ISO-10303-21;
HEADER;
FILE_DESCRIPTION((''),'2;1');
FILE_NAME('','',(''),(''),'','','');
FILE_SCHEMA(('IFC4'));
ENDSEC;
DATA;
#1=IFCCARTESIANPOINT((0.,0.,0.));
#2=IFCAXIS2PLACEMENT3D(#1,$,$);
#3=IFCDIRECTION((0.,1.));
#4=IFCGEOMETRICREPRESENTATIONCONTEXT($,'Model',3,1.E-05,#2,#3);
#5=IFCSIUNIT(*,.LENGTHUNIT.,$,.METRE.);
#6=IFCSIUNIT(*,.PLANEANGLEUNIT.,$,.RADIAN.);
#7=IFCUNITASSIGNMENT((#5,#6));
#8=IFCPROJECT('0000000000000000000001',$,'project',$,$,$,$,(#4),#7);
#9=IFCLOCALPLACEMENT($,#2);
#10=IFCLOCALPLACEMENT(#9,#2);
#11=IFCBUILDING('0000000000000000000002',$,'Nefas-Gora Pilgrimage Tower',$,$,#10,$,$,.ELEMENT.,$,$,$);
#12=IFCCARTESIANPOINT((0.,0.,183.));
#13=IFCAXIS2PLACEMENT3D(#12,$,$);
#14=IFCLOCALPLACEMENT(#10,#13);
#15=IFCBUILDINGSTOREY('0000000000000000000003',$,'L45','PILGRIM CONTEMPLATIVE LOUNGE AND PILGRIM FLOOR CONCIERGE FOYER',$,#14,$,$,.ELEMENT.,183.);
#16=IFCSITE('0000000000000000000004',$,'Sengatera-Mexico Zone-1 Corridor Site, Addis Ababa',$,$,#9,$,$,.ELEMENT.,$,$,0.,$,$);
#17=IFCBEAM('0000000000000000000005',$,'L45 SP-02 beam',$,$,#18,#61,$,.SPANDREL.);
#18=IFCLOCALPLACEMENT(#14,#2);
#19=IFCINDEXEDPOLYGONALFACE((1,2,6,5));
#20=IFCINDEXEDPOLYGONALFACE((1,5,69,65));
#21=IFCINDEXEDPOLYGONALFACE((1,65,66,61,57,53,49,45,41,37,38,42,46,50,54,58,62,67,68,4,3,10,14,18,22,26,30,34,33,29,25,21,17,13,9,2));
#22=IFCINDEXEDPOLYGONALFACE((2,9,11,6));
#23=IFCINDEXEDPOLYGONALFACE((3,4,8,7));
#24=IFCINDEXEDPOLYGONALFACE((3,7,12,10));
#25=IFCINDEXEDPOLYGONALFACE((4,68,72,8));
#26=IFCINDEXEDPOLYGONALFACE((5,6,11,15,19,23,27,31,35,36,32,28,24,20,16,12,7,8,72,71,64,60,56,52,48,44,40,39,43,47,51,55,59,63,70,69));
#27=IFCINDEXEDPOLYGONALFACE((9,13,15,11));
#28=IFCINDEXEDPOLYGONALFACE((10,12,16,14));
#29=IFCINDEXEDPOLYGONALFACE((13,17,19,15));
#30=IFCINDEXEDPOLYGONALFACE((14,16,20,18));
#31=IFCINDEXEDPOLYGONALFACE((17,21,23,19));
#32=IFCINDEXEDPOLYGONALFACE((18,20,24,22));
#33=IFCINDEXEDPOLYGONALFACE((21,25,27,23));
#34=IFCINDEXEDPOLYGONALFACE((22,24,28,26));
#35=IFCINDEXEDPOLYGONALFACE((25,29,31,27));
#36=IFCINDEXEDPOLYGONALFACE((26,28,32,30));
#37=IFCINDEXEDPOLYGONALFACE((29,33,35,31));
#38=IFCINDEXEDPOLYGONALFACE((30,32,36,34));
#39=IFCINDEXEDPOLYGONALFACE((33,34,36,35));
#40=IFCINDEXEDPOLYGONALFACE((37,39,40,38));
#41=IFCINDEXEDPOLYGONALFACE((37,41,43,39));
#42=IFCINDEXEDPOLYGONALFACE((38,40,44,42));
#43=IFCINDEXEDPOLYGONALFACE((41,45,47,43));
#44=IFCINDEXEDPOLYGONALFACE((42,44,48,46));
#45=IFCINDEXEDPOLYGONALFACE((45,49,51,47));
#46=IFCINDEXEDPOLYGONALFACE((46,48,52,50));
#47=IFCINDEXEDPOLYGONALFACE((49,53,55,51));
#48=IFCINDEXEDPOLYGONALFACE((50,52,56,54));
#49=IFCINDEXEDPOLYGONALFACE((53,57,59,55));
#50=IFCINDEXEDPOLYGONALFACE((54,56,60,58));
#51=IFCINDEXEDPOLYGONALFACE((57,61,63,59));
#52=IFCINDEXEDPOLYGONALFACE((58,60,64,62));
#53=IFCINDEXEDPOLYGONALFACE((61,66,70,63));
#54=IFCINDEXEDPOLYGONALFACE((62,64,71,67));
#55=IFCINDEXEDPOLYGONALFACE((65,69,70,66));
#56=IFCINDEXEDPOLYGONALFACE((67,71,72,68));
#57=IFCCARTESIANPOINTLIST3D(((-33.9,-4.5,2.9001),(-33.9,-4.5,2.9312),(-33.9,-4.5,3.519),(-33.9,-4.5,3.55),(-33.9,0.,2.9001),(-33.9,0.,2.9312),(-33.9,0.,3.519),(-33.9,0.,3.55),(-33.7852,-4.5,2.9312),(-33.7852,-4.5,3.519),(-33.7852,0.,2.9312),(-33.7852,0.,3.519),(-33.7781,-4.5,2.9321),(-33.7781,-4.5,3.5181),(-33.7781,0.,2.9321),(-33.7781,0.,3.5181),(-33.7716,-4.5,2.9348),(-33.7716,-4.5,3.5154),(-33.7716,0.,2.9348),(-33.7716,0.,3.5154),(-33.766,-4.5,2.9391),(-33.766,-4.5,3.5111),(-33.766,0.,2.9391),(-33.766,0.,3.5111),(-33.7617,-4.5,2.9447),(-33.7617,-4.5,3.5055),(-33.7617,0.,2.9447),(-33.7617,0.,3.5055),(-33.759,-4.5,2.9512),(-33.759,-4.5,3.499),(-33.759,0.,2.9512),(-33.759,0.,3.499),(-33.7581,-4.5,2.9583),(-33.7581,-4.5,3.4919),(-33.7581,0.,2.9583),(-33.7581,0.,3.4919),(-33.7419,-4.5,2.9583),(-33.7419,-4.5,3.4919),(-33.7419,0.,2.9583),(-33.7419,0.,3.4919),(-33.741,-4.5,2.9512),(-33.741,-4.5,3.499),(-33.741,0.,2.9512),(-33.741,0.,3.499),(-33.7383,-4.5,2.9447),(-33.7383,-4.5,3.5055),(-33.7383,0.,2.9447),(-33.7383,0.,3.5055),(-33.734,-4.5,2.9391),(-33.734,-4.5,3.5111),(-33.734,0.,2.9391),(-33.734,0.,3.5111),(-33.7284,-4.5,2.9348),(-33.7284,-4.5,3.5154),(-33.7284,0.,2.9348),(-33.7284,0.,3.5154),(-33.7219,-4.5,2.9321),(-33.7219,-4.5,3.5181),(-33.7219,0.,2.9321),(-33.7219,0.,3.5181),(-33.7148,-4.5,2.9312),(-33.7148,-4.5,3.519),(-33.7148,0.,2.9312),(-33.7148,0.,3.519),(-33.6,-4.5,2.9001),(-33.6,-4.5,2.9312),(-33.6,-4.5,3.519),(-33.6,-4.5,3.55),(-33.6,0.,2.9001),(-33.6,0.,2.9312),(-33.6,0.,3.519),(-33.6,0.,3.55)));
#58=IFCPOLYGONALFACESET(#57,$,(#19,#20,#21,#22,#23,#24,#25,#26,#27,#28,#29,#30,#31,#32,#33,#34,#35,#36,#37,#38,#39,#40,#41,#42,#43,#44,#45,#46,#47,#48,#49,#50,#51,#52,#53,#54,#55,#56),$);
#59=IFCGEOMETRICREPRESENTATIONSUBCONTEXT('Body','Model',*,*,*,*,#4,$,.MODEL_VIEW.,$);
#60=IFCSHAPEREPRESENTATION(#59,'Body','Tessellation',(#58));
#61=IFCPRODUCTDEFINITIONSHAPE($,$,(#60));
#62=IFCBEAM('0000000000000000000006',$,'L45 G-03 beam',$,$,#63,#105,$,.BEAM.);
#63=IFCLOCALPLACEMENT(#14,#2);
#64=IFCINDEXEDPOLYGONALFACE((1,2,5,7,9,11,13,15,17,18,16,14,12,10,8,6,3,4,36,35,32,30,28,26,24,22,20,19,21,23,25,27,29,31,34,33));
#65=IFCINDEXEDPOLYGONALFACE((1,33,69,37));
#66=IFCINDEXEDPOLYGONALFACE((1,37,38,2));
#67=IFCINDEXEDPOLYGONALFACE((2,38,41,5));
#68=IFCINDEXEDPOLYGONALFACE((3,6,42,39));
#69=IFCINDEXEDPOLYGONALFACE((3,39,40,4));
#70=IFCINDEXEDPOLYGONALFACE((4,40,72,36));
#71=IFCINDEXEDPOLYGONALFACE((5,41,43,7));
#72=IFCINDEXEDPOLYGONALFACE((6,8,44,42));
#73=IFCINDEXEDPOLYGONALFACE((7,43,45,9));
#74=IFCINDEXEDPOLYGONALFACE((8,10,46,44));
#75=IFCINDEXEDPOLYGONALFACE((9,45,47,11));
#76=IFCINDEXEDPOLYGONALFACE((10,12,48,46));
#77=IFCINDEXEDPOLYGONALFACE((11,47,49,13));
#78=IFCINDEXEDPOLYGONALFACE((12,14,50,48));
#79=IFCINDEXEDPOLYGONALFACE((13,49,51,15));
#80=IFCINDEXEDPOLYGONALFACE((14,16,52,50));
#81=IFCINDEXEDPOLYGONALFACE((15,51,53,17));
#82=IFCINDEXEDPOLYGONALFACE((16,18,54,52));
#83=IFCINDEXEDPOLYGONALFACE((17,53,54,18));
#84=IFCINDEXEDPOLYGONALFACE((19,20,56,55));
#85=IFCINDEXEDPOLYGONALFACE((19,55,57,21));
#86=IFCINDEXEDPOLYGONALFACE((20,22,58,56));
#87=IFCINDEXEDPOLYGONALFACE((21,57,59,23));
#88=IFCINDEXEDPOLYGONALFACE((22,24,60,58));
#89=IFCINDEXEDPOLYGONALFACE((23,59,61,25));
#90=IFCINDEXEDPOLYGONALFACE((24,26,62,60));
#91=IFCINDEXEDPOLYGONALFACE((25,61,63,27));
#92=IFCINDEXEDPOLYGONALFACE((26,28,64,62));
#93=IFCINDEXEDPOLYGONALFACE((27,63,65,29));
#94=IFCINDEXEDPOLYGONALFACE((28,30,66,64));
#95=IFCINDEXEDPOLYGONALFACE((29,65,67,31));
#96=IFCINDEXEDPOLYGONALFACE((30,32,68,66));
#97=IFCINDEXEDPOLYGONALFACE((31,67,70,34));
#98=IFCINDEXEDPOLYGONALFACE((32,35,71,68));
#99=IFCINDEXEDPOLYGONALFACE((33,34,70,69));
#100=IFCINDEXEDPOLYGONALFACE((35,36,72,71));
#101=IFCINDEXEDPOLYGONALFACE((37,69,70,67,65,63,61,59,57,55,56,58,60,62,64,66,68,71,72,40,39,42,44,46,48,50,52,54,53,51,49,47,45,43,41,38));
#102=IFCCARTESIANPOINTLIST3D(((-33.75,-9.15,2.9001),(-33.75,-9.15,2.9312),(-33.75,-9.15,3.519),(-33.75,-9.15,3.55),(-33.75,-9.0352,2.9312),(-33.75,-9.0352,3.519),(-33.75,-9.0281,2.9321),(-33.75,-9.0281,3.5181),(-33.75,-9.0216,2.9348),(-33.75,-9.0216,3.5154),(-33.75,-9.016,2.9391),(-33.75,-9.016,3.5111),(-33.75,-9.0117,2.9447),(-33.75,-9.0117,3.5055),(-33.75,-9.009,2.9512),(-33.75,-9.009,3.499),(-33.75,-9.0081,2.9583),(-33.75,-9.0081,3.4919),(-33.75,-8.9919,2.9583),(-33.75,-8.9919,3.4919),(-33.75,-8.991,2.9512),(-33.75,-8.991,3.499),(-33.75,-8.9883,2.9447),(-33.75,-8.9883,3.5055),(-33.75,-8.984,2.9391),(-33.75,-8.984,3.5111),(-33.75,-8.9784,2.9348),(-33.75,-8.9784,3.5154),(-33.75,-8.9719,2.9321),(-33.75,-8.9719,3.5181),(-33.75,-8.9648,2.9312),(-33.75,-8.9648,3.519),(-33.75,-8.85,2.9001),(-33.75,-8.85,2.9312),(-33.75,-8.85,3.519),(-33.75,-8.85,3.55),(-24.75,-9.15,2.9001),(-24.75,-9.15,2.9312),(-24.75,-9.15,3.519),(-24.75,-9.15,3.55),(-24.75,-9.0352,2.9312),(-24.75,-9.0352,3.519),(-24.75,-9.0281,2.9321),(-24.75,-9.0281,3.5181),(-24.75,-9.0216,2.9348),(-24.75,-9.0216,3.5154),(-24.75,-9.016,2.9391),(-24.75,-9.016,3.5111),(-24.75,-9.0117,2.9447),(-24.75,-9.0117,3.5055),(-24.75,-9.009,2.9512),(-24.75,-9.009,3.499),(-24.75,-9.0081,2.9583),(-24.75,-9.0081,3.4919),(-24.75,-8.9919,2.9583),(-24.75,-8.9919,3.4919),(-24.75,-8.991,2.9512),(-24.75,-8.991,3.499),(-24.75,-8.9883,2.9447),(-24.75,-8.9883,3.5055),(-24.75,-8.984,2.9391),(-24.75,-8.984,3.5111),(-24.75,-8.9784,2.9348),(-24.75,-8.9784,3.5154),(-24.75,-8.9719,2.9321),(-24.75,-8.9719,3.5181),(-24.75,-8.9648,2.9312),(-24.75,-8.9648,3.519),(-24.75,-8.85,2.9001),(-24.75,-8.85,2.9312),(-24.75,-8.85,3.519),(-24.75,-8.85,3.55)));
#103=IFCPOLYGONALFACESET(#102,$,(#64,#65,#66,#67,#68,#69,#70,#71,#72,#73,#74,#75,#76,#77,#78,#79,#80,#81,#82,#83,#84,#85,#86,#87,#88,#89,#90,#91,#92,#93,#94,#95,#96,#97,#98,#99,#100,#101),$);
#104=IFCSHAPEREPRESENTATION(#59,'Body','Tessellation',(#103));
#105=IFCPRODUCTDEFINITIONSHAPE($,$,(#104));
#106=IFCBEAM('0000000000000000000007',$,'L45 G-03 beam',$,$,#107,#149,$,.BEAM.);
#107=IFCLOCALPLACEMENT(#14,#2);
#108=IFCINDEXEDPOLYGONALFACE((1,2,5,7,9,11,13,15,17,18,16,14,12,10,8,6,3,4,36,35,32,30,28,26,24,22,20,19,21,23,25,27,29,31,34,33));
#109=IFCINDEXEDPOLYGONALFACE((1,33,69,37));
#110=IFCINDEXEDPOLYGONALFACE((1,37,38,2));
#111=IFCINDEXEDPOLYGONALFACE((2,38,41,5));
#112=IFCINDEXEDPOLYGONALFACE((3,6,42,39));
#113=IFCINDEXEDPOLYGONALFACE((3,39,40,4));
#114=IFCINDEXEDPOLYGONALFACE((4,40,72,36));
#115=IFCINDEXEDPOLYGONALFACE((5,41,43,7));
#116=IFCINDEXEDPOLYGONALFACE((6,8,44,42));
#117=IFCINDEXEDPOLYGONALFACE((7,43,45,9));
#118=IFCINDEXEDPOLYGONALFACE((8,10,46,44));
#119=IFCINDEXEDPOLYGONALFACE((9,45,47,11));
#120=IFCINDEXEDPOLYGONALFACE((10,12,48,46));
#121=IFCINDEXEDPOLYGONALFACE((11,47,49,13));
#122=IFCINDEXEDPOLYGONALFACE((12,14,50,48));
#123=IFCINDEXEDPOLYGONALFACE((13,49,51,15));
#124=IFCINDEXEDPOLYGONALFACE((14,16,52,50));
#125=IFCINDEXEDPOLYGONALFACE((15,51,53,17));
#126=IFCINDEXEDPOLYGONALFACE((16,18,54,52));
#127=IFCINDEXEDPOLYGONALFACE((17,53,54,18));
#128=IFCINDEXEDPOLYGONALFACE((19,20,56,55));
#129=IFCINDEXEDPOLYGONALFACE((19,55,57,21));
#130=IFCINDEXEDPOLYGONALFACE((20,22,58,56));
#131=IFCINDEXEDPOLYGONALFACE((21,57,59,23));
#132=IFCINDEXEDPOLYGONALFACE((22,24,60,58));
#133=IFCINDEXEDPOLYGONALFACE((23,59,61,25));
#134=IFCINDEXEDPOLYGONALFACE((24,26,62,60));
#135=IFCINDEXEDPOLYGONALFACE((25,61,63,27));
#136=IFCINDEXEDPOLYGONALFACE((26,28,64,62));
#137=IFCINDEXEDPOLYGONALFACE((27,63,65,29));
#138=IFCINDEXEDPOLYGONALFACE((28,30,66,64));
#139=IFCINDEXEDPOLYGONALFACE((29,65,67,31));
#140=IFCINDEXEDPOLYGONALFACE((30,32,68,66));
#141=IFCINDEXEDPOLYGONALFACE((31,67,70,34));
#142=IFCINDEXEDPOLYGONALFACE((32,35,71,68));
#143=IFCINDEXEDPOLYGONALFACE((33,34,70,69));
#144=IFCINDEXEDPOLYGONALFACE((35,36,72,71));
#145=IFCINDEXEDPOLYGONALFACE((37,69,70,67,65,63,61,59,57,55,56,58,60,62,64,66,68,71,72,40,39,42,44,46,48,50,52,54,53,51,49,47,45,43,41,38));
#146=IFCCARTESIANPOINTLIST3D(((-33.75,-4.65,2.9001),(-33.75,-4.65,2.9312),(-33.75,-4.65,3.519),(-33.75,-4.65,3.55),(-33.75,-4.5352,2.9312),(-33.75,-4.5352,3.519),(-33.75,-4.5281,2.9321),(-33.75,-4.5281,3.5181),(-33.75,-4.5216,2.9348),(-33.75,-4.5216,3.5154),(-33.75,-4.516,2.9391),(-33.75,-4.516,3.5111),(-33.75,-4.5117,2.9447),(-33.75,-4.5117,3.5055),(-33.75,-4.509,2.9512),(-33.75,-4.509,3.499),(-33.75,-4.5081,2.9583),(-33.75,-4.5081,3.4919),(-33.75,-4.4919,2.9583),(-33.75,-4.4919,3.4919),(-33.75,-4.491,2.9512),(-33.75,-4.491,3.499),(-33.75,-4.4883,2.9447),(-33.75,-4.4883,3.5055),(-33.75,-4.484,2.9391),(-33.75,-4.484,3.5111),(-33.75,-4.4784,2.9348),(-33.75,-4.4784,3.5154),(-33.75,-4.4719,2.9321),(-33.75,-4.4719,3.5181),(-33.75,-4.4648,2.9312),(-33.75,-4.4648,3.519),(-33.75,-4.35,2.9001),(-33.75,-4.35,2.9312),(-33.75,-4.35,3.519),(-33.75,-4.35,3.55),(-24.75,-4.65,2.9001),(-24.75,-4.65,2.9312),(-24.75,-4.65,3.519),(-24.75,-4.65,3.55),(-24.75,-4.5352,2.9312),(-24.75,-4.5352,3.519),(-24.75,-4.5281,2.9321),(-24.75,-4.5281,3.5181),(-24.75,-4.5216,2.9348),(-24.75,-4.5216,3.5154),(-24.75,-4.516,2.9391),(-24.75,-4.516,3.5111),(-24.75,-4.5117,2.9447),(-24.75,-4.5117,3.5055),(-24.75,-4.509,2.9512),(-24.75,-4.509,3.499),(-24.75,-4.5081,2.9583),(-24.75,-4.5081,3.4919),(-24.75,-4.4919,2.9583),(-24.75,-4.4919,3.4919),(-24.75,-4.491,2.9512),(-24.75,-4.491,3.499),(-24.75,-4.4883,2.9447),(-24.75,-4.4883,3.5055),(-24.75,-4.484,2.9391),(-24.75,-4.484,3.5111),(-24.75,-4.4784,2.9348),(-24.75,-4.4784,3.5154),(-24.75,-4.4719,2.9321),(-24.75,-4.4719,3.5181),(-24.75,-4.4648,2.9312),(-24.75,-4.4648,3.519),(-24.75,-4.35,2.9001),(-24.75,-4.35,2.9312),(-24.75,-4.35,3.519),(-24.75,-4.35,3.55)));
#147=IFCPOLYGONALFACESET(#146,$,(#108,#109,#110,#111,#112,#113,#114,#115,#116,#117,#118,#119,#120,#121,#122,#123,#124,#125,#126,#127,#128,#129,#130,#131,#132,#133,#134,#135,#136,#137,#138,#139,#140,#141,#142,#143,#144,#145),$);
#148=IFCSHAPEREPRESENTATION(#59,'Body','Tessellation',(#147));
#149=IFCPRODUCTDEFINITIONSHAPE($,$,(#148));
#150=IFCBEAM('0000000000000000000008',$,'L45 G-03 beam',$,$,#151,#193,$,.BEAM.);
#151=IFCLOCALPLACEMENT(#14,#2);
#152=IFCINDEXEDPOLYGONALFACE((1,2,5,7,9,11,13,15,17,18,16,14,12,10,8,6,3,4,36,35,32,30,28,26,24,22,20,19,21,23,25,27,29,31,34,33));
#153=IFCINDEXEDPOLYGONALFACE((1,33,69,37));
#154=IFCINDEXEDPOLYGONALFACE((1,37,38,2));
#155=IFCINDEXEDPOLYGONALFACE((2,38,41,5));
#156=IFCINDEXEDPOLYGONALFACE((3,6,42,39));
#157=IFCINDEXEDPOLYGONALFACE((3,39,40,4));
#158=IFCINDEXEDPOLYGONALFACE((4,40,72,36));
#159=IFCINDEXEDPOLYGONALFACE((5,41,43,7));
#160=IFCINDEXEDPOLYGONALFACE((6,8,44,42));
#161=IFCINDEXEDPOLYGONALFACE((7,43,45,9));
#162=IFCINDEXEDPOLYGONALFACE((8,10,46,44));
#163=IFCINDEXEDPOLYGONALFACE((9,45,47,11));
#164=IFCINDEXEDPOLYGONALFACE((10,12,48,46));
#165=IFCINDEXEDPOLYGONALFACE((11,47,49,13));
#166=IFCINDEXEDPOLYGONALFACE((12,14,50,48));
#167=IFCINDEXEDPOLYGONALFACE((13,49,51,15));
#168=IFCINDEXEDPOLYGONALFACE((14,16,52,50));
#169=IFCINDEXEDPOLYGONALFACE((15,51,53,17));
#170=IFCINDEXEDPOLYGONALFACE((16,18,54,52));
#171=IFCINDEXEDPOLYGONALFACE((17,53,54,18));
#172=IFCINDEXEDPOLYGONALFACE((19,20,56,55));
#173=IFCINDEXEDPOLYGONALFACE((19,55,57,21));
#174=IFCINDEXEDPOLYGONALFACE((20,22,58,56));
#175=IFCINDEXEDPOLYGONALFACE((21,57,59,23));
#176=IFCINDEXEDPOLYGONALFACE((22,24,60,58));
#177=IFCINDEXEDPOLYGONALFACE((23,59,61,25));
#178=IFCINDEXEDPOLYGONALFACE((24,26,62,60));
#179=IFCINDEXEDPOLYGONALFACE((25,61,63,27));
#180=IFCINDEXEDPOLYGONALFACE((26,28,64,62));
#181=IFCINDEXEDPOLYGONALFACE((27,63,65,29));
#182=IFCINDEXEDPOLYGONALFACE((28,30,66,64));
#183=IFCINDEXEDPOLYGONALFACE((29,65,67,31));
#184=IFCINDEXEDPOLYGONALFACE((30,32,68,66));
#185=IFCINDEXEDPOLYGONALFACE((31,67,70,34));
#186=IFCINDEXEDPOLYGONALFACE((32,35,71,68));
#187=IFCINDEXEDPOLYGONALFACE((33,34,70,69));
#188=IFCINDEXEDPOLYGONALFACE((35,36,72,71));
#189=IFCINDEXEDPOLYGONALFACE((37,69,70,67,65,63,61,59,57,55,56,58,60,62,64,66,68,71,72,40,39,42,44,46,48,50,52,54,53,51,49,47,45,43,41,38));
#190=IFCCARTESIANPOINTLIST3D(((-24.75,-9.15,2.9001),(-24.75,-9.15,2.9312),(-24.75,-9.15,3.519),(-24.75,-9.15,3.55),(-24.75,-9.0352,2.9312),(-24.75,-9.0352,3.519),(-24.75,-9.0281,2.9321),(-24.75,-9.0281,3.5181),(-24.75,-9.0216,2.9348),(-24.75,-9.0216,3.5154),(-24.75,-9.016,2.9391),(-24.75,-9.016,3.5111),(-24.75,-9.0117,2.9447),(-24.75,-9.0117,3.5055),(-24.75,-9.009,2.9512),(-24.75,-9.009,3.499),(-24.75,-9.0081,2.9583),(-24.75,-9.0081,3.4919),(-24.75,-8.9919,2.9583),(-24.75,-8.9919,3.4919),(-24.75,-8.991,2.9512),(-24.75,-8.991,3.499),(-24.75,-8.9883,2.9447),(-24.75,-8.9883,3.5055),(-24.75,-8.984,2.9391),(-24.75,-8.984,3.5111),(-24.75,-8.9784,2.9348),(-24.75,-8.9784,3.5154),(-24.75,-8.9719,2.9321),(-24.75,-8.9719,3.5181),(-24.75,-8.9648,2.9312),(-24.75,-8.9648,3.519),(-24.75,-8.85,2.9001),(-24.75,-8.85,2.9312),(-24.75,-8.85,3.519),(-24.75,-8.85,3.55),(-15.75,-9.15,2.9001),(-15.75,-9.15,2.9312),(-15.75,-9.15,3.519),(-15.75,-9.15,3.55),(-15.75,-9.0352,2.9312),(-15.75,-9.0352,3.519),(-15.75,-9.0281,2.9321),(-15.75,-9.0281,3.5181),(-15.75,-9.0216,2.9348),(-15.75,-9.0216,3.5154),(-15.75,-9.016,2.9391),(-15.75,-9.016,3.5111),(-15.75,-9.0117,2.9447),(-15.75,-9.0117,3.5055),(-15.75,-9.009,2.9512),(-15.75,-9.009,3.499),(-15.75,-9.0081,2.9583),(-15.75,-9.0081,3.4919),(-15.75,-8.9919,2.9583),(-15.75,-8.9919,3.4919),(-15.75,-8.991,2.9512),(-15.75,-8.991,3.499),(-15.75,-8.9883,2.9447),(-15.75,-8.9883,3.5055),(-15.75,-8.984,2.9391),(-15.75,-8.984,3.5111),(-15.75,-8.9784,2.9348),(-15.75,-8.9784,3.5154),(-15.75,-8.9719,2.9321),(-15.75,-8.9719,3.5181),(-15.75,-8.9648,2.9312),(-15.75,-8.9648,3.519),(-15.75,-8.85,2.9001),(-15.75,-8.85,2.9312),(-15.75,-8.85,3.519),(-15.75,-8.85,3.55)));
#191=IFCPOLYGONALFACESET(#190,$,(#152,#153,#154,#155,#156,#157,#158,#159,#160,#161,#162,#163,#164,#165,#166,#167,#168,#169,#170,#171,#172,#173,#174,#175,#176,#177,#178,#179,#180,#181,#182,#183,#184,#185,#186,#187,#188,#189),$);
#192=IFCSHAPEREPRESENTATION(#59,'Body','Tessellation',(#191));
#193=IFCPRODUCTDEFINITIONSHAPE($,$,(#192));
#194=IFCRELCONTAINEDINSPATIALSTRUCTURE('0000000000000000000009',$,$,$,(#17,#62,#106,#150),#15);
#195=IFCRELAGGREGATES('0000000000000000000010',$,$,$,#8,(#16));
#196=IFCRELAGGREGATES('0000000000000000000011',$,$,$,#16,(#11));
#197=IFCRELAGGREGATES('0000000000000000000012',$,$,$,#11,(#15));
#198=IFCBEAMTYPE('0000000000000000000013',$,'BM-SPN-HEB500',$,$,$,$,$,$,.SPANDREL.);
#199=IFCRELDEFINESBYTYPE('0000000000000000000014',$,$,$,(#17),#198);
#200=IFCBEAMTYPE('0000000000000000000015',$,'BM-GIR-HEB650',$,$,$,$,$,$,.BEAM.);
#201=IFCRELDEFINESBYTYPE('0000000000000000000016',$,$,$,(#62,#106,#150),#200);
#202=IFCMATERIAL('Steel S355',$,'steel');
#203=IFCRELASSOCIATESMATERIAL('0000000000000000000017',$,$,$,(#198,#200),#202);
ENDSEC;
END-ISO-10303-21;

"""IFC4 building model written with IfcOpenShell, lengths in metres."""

from ifc_helpers import new_model, si_unit, direction, frame, origin, origin_2d, place, context, subcontext, project, spatial, i_section, extrude, source, transform, mapped, material, material_profile, profile_set, type_object, element, save


model = new_model("IFC4")

# Units and contexts
model_context = context("Model", 3, precision=1e-05, world=origin(), true_north=direction((0.0, 1.0)))
body_context = subcontext(model_context, "Body", "Model", "MODEL_VIEW")
ifc_project = project(units=[si_unit("LENGTHUNIT", "METRE"), si_unit("PLANEANGLEUNIT", "RADIAN")], contexts=[model_context])

# Site, building, storey
site_placement = place(None, origin())
site = spatial("IfcSite", under=ifc_project, at=site_placement, Name="Sengatera-Mexico Zone-1 Corridor Site, Addis Ababa", CompositionType="ELEMENT", RefElevation=0.0)
building_placement = place(site_placement, origin())
building = spatial("IfcBuilding", under=site, at=building_placement, Name="Nefas-Gora Pilgrimage Tower", CompositionType="ELEMENT")
storey_placement = place(building_placement, frame((0.0, 0.0, 183.0)))
storey = spatial("IfcBuildingStorey", under=building, at=storey_placement, Name="L45", Description="PILGRIM CONTEMPLATIVE LOUNGE AND PILGRIM FLOOR CONCIERGE FOYER", CompositionType="ELEMENT", Elevation=183.0)

# Beams
ifc_material_1 = material(Name="Steel S355", Category="steel")
ifc_material_profile_1 = material_profile(ifc_material_1, i_section(OverallWidth=0.3, OverallDepth=0.6499, WebThickness=0.0161, FlangeThickness=0.031, FilletRadius=0.0271, at=origin_2d()), Name="HEB 650")
ifc_profile_set_1 = profile_set([ifc_material_profile_1], Name="Steel S355")
beam_type_1 = type_object("IfcBeamType", Name="BM-SPN-HEB500", PredefinedType="SPANDREL", material=ifc_profile_set_1)
shared_shape_1 = source(origin(), body_context, "Body", "SweptSolid", [
    extrude(i_section(OverallWidth=0.3, OverallDepth=0.6499, WebThickness=0.0161, FlangeThickness=0.031, FilletRadius=0.0271, at=origin_2d()), origin(), (0.0, 0.0, 1.0), 4.5),
])
for number, where, z_axis, x_axis, name in (
    (1, (-33.75, -4.5, 3.2251), (0.0, 1.0, 0.0), (-1.0, 0.0, 0.0), "L45 SP-02 beam"),
):
    element("IfcBeam", number, at=place(storey_placement, frame(where, z_axis=z_axis, x_axis=x_axis)), inside=storey, type_object=beam_type_1, Name=name, PredefinedType="SPANDREL", context=body_context, shape_type="MappedRepresentation", body=[
        mapped(shared_shape_1, transform((0.0, 0.0, 0.0), x_axis=(1.0, 0.0, 0.0), y_axis=(0.0, 1.0, 0.0), z_axis=(0.0, 0.0, 1.0), scale=1.0)),
    ])
ifc_material_profile_2 = material_profile(ifc_material_1, i_section(OverallWidth=0.3, OverallDepth=0.6499, WebThickness=0.0161, FlangeThickness=0.031, FilletRadius=0.0271, at=origin_2d()), Name="HEB 650")
ifc_profile_set_2 = profile_set([ifc_material_profile_2], Name="Steel S355")
beam_type_2 = type_object("IfcBeamType", Name="BM-GIR-HEB650", PredefinedType="BEAM", material=ifc_profile_set_2)
shared_shape_2 = source(origin(), body_context, "Body", "SweptSolid", [
    extrude(i_section(OverallWidth=0.3, OverallDepth=0.6499, WebThickness=0.0161, FlangeThickness=0.031, FilletRadius=0.0271, at=origin_2d()), origin(), (0.0, 0.0, 1.0), 9.0),
])
for number, where, z_axis, x_axis, name in (
    (2, (-33.75, -9.0, 3.2251), (1.0, 0.0, 0.0), (0.0, 1.0, 0.0), "L45 G-03 beam"),
    (3, (-33.75, -4.5, 3.2251), (1.0, 0.0, 0.0), (0.0, 1.0, 0.0), "L45 G-03 beam"),
    (4, (-24.75, -9.0, 3.2251), (1.0, 0.0, 0.0), (0.0, 1.0, 0.0), "L45 G-03 beam"),
):
    element("IfcBeam", number, at=place(storey_placement, frame(where, z_axis=z_axis, x_axis=x_axis)), inside=storey, type_object=beam_type_2, Name=name, PredefinedType="BEAM", context=body_context, shape_type="MappedRepresentation", body=[
        mapped(shared_shape_2, transform((0.0, 0.0, 0.0), x_axis=(1.0, 0.0, 0.0), y_axis=(0.0, 1.0, 0.0), z_axis=(0.0, 0.0, 1.0), scale=1.0)),
    ])

save(model, "model.ifc")
